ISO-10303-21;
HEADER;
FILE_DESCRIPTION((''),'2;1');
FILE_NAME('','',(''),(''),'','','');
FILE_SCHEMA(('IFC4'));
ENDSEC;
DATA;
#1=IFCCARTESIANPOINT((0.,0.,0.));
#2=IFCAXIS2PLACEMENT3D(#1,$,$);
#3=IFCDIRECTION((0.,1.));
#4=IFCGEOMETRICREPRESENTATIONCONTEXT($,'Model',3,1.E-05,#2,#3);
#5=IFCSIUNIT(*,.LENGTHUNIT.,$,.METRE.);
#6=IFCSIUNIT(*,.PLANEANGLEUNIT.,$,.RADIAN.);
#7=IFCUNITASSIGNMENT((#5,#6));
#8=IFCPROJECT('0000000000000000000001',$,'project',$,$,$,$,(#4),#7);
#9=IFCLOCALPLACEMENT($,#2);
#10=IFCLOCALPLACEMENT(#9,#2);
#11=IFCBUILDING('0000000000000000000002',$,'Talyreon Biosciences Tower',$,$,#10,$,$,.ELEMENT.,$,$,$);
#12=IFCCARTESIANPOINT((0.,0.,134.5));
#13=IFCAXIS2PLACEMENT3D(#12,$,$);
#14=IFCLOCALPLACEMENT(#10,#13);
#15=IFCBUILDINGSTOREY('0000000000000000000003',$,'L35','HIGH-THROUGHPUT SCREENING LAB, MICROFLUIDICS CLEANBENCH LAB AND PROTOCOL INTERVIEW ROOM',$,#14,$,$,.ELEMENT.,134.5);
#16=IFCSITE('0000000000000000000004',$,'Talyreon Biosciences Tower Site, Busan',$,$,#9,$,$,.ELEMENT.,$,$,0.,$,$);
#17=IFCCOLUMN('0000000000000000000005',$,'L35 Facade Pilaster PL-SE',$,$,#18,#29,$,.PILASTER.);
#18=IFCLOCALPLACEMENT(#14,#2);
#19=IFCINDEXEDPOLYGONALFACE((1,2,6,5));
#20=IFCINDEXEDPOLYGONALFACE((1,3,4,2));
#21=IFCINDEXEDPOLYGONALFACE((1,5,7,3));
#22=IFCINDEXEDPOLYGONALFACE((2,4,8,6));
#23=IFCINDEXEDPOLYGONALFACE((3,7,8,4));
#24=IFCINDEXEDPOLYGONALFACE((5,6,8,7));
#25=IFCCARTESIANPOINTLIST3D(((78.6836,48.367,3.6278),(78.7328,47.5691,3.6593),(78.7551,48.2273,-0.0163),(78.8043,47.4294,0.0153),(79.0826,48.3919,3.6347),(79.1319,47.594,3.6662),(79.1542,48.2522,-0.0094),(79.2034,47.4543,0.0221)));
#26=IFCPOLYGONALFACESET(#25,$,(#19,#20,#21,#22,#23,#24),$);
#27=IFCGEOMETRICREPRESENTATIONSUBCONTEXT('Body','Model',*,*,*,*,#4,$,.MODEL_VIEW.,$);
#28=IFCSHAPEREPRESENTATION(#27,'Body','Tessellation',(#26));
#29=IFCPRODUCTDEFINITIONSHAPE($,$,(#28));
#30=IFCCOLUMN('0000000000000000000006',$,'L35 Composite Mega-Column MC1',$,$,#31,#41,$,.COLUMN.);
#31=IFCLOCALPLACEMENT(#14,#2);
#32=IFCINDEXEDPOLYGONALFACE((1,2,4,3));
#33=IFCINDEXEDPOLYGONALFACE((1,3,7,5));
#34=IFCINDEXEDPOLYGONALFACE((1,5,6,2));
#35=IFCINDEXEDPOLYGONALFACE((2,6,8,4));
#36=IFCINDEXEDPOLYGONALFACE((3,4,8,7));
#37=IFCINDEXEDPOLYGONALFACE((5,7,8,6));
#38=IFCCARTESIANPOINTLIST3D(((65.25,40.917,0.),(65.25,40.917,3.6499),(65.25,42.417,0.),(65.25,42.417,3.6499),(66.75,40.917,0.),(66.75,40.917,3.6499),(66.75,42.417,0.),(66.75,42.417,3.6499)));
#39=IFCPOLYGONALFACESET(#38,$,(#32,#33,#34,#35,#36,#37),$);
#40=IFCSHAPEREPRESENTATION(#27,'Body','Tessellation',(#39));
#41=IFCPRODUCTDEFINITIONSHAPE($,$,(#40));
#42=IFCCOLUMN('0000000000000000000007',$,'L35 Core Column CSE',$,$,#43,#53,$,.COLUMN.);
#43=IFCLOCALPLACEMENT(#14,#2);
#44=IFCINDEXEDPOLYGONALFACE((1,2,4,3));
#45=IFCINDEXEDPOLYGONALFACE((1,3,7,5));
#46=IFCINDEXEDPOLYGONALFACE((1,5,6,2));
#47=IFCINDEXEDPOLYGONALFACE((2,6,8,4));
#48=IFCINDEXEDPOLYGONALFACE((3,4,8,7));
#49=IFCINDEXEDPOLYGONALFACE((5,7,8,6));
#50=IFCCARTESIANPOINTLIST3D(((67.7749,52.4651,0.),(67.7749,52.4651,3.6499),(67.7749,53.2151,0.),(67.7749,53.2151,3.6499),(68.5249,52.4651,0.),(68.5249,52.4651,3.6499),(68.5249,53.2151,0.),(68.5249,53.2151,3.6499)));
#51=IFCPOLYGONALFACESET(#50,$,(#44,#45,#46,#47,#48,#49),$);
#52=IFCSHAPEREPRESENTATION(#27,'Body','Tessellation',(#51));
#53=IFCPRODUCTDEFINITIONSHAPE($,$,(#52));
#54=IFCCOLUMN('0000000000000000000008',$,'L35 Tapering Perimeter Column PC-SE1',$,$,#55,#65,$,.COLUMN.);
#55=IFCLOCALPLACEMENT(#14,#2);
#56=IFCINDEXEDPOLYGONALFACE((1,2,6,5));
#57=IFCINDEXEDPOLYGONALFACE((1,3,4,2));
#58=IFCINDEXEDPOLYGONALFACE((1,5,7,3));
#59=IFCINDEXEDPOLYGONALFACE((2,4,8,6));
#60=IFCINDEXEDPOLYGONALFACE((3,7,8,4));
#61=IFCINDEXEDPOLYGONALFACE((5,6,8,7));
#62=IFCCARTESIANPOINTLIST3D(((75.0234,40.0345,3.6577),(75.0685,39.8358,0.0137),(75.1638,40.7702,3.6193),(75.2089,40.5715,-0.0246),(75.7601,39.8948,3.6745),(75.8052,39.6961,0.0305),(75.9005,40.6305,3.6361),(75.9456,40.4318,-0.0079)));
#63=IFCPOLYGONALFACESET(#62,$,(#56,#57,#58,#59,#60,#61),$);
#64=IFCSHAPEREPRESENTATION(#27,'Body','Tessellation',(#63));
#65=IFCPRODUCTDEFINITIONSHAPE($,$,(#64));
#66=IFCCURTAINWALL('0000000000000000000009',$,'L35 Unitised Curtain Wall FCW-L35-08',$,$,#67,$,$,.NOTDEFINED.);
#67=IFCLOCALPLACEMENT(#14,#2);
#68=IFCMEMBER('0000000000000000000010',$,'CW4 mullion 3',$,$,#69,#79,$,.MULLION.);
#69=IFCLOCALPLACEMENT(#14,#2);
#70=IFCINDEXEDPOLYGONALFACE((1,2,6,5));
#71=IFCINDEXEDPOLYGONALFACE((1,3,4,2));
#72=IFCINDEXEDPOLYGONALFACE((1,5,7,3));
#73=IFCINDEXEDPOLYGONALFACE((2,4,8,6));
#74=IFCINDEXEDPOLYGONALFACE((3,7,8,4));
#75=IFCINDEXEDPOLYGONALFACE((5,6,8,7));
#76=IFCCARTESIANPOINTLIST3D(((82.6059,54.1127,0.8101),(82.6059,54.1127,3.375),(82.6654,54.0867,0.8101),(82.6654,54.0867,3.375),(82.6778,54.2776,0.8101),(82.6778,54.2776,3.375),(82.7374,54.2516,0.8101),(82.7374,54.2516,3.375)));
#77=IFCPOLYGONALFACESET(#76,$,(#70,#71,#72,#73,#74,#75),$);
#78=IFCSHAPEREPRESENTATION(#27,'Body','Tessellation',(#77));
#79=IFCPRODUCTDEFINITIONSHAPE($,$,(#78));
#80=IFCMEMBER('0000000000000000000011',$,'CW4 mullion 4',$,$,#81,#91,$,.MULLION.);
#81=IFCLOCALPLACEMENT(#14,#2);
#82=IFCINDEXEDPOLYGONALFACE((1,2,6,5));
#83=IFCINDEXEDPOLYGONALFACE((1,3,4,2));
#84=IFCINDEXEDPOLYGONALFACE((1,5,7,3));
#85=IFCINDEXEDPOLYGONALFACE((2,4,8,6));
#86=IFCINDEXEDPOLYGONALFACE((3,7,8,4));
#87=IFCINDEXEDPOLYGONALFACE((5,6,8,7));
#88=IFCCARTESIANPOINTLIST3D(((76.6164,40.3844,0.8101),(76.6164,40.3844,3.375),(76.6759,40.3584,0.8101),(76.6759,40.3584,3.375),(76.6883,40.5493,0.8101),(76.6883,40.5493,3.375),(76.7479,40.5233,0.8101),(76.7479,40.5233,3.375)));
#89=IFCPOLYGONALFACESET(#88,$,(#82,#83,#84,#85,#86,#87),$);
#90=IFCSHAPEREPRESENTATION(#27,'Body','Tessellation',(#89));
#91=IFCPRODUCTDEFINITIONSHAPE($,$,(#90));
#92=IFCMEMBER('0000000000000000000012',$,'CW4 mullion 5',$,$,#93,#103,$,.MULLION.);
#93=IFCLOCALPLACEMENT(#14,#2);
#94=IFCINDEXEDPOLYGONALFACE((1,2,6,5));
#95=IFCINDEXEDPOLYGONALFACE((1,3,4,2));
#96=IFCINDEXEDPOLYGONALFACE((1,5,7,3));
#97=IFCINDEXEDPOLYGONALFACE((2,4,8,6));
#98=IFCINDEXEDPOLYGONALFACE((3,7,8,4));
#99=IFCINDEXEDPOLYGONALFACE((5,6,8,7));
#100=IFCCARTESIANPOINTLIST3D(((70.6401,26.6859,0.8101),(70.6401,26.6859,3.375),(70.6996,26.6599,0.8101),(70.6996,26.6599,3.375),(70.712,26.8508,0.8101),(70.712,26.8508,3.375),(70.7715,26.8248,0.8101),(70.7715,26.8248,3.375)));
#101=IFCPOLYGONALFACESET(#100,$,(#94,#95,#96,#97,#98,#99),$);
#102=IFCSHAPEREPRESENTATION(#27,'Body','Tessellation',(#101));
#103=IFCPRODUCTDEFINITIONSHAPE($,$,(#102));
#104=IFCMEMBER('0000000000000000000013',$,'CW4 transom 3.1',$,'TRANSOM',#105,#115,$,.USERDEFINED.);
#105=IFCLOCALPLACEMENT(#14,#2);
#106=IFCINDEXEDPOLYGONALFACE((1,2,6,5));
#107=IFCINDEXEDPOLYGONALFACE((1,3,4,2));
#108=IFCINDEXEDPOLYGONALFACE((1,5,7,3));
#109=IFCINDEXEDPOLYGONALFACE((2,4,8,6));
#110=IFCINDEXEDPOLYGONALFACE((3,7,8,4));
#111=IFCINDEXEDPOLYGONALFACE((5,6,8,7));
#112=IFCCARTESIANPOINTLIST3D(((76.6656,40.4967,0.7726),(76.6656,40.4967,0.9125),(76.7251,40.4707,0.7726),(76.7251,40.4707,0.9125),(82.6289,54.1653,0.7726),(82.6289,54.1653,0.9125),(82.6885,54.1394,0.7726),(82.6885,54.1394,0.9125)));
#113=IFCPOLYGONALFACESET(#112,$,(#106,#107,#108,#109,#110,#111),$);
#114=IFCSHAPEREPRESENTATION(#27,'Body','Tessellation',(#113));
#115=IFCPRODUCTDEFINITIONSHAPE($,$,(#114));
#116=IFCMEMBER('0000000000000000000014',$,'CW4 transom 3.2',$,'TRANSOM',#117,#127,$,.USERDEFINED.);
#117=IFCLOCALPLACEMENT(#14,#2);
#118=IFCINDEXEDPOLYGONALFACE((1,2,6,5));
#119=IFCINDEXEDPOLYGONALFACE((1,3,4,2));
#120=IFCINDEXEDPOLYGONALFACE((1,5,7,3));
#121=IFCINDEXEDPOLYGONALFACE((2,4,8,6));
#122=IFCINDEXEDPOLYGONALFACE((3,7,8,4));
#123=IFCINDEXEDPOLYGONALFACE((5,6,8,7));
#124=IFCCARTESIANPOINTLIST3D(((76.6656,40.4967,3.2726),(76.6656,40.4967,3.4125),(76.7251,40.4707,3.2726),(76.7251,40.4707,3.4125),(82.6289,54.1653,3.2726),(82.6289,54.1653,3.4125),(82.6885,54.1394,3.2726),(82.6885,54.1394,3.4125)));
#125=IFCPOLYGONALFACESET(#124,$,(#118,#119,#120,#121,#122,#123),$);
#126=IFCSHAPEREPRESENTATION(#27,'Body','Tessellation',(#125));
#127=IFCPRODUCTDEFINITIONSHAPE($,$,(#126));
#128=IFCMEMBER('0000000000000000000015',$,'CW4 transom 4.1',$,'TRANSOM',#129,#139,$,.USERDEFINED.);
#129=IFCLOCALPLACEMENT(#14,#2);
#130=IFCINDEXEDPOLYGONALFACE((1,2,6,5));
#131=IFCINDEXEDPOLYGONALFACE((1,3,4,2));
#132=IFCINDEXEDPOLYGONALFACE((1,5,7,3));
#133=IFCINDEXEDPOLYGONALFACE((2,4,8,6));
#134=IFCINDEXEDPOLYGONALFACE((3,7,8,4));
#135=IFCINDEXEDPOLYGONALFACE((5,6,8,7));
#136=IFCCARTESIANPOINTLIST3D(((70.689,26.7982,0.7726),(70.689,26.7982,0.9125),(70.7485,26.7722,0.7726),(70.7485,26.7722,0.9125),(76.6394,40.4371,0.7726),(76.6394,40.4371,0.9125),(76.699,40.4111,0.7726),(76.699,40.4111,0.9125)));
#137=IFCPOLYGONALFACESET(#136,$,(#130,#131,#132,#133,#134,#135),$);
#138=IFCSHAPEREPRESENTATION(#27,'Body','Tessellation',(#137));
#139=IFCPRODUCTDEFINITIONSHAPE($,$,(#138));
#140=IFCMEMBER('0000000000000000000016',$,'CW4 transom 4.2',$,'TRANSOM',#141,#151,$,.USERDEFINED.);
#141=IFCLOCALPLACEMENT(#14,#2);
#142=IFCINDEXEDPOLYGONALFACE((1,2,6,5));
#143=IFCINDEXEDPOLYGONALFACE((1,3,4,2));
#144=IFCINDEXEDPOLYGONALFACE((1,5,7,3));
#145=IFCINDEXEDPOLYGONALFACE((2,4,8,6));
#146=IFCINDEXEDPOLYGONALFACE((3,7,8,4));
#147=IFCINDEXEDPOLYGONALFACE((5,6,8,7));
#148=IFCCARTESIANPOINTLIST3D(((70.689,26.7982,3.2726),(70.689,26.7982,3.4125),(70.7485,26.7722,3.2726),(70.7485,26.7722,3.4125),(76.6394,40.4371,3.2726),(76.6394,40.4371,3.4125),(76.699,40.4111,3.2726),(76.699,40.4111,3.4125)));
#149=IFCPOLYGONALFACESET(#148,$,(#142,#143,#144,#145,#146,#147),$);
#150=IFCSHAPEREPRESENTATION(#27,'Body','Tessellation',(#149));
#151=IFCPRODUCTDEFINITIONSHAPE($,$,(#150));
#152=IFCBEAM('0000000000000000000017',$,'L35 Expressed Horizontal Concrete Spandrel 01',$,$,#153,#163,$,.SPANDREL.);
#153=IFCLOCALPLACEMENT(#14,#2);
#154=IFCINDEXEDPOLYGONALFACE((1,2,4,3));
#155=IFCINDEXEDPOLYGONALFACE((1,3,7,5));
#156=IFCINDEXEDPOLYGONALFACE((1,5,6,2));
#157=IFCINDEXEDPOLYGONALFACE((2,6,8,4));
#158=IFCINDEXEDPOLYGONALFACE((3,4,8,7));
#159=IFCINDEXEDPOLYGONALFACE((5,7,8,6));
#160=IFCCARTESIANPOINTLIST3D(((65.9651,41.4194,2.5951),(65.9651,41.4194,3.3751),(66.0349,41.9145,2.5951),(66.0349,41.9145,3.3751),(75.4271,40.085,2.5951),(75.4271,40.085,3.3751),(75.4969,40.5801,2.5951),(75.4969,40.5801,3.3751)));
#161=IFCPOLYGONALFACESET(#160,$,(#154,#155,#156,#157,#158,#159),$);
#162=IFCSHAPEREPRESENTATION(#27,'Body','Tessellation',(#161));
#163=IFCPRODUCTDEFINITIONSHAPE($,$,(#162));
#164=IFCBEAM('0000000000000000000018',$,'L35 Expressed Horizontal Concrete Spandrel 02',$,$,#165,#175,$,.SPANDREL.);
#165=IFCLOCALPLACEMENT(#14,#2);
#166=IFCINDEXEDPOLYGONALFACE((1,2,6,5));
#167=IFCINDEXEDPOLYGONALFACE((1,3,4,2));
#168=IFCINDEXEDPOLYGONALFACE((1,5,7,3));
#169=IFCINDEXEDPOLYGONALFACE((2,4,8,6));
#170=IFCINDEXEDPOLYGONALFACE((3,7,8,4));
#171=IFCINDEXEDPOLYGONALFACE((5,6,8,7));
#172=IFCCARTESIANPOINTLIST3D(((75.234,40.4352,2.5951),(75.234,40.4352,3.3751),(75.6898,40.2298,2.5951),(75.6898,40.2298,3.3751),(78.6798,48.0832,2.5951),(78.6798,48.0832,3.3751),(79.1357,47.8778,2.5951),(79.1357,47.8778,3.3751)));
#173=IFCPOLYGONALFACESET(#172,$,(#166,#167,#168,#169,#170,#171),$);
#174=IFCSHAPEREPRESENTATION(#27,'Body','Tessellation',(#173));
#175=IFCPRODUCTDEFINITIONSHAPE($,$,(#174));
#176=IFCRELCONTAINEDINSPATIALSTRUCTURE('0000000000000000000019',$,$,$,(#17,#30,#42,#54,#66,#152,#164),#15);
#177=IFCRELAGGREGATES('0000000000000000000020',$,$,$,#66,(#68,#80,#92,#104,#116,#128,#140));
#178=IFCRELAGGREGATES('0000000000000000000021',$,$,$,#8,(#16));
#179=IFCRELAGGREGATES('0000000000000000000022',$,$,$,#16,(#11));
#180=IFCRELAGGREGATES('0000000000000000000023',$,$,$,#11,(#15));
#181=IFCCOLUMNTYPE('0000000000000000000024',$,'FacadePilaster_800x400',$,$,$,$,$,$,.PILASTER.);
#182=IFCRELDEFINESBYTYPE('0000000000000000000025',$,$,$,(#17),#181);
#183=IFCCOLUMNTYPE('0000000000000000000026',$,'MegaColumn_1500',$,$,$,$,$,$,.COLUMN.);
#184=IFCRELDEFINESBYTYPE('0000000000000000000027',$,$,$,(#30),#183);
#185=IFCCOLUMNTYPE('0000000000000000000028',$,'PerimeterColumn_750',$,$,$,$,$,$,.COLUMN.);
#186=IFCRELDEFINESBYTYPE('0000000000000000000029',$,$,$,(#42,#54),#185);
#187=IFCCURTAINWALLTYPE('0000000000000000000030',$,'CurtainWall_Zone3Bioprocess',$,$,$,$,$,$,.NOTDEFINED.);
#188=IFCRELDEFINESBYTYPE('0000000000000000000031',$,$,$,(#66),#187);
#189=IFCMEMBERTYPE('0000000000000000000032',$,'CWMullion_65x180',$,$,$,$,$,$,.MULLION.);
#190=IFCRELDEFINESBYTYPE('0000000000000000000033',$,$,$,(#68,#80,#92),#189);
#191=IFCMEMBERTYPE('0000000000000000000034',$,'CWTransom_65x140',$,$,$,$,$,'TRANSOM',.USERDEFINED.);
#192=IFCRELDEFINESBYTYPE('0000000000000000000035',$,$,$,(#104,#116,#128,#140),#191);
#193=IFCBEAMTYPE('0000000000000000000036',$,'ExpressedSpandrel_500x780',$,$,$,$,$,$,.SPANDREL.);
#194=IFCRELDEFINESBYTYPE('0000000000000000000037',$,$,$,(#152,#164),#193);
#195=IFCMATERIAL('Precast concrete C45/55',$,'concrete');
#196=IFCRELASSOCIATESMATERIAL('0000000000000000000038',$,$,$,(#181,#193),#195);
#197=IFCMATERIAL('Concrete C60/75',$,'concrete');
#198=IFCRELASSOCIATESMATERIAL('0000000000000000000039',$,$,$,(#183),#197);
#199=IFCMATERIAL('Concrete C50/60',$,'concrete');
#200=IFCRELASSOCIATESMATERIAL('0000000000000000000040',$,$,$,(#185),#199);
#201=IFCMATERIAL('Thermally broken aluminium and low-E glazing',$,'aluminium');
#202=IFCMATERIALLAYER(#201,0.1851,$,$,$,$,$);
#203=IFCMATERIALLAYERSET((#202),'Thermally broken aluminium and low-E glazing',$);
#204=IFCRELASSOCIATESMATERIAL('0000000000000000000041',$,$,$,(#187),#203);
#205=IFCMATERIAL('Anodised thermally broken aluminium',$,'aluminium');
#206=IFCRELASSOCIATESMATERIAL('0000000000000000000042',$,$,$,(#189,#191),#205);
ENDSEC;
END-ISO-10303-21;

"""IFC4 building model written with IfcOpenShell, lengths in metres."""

from ifc_helpers import new_model, si_unit, direction, frame, origin, origin_2d, place, context, subcontext, project, spatial, rectangle, extrude, material, layer, layer_set, material_profile, profile_set, type_object, element, aggregate, save


model = new_model("IFC4")

# Units and contexts
model_context = context("Model", 3, precision=1e-05, world=origin(), true_north=direction((0.0, 1.0)))
body_context = subcontext(model_context, "Body", "Model", "MODEL_VIEW")
ifc_project = project(units=[si_unit("LENGTHUNIT", "METRE"), si_unit("PLANEANGLEUNIT", "RADIAN")], contexts=[model_context])

# Site, building, storey
site_placement = place(None, origin())
site = spatial("IfcSite", under=ifc_project, at=site_placement, Name="Talyreon Biosciences Tower Site, Busan", CompositionType="ELEMENT", RefElevation=0.0)
building_placement = place(site_placement, origin())
building = spatial("IfcBuilding", under=site, at=building_placement, Name="Talyreon Biosciences Tower", CompositionType="ELEMENT")
storey_placement = place(building_placement, frame((0.0, 0.0, 134.5)))
storey = spatial("IfcBuildingStorey", under=building, at=storey_placement, Name="L35", Description="HIGH-THROUGHPUT SCREENING LAB, MICROFLUIDICS CLEANBENCH LAB AND PROTOCOL INTERVIEW ROOM", CompositionType="ELEMENT", Elevation=134.5)

# Columns
ifc_material_1 = material(Name="Precast concrete C45/55", Category="concrete")
ifc_material_profile_1 = material_profile(ifc_material_1, rectangle(XDim=0.8, YDim=0.3999, at=origin_2d()), Name="RC 800x400")
ifc_profile_set_1 = profile_set([ifc_material_profile_1], Name="Precast concrete C45/55")
column_type_1 = type_object("IfcColumnType", Name="FacadePilaster_800x400", PredefinedType="PILASTER", material=ifc_profile_set_1)
column_1_placement = place(storey_placement, frame((78.9792, 47.8408, 0.0029), z_axis=(-0.019612, 0.038287, 0.999074), x_axis=(0.061502, -0.997328, 0.039427)))
element("IfcColumn", 1, at=column_1_placement, inside=storey, type_object=column_type_1, Name="L35 Facade Pilaster PL-SE", PredefinedType="PILASTER", context=body_context, shape_type="SweptSolid", body=[
    extrude(rectangle(XDim=0.8, YDim=0.3999, at=origin_2d()), origin(), (0.0, 0.0, 1.0), 3.6475),
])
ifc_material_2 = material(Name="Concrete C60/75", Category="concrete")
ifc_material_profile_2 = material_profile(ifc_material_2, rectangle(XDim=1.5, YDim=1.5, at=origin_2d()), Name="RC 1500x1500")
ifc_profile_set_2 = profile_set([ifc_material_profile_2], Name="Concrete C60/75")
column_type_2 = type_object("IfcColumnType", Name="MegaColumn_1500", PredefinedType="COLUMN", material=ifc_profile_set_2)
column_2_placement = place(storey_placement, frame((66.0, 41.667, 0.0), z_axis=(0.0, 0.0, 1.0), x_axis=(1.0, 0.0, 0.0)))
element("IfcColumn", 2, at=column_2_placement, inside=storey, type_object=column_type_2, Name="L35 Composite Mega-Column MC1", PredefinedType="COLUMN", context=body_context, shape_type="SweptSolid", body=[
    extrude(rectangle(XDim=1.5, YDim=1.5, at=origin_2d()), origin(), (0.0, 0.0, 1.0), 3.6499),
])
ifc_material_3 = material(Name="Concrete C50/60", Category="concrete")
ifc_material_profile_3 = material_profile(ifc_material_3, rectangle(XDim=0.75, YDim=0.75, at=origin_2d()), Name="RC 750x750")
ifc_profile_set_3 = profile_set([ifc_material_profile_3], Name="Concrete C50/60")
column_type_3 = type_object("IfcColumnType", Name="PerimeterColumn_750", PredefinedType="COLUMN", material=ifc_profile_set_3)
column_3_placement = place(storey_placement, frame((68.1499, 52.8401, 0.0), z_axis=(0.0, 0.0, 1.0), x_axis=(1.0, 0.0, 0.0)))
element("IfcColumn", 3, at=column_3_placement, inside=storey, type_object=column_type_3, Name="L35 Core Column CSE", PredefinedType="COLUMN", context=body_context, shape_type="SweptSolid", body=[
    extrude(rectangle(XDim=0.75, YDim=0.75, at=origin_2d()), origin(), (0.0, 0.0, 1.0), 3.6499),
])
column_4_placement = place(storey_placement, frame((75.5071, 40.1338, 0.0029), z_axis=(-0.012375, 0.054451, 0.99844), x_axis=(-0.187196, -0.980988, 0.051179)))
element("IfcColumn", 4, at=column_4_placement, inside=storey, type_object=column_type_3, Name="L35 Tapering Perimeter Column PC-SE1", PredefinedType="COLUMN", context=body_context, shape_type="SweptSolid", body=[
    extrude(rectangle(XDim=0.75, YDim=0.75, at=origin_2d()), origin(), (0.0, 0.0, 1.0), 3.6497),
])

# Curtain wall, members
ifc_material_4 = material(Name="Thermally broken aluminium and low-E glazing", Category="aluminium")
ifc_layer_1 = layer(ifc_material_4, 0.1851)
ifc_layer_set_1 = layer_set([ifc_layer_1], Name="Thermally broken aluminium and low-E glazing")
curtain_wall_type = type_object("IfcCurtainWallType", Name="CurtainWall_Zone3Bioprocess", PredefinedType="NOTDEFINED", material=ifc_layer_set_1)
curtain_wall_placement = place(storey_placement, origin())
curtain_wall = element("IfcCurtainWall", 5, at=curtain_wall_placement, inside=storey, type_object=curtain_wall_type, Name="L35 Unitised Curtain Wall FCW-L35-08", PredefinedType="NOTDEFINED")
ifc_material_5 = material(Name="Anodised thermally broken aluminium", Category="aluminium")
ifc_material_profile_4 = material_profile(ifc_material_5, rectangle(XDim=0.0649, YDim=0.1799, at=origin_2d()), Name="ALUM MULLION 65x180")
ifc_profile_set_4 = profile_set([ifc_material_profile_4], Name="Anodised thermally broken aluminium")
member_type_1 = type_object("IfcMemberType", Name="CWMullion_65x180", PredefinedType="MULLION", material=ifc_profile_set_4)
member_1_placement = place(storey_placement, frame((82.6716, 54.1821, 0.8101), z_axis=(0.0, 0.0, 1.0), x_axis=(0.916566, -0.399882, 0.0)))
member_1 = element("IfcMember", 6, at=member_1_placement, type_object=member_type_1, Name="CW4 mullion 3", PredefinedType="MULLION", context=body_context, shape_type="SweptSolid", body=[
    extrude(rectangle(XDim=0.0649, YDim=0.1799, at=origin_2d()), origin(), (0.0, 0.0, 1.0), 2.5649),
])
member_2_placement = place(storey_placement, frame((76.6821, 40.4539, 0.8101), z_axis=(0.0, 0.0, 1.0), x_axis=(0.916566, -0.399882, 0.0)))
member_2 = element("IfcMember", 7, at=member_2_placement, type_object=member_type_1, Name="CW4 mullion 4", PredefinedType="MULLION", context=body_context, shape_type="SweptSolid", body=[
    extrude(rectangle(XDim=0.0649, YDim=0.1799, at=origin_2d()), origin(), (0.0, 0.0, 1.0), 2.5649),
])
member_3_placement = place(storey_placement, frame((70.7058, 26.7554, 0.8101), z_axis=(0.0, 0.0, 1.0), x_axis=(0.916566, -0.399882, 0.0)))
member_3 = element("IfcMember", 8, at=member_3_placement, type_object=member_type_1, Name="CW4 mullion 5", PredefinedType="MULLION", context=body_context, shape_type="SweptSolid", body=[
    extrude(rectangle(XDim=0.0649, YDim=0.1799, at=origin_2d()), origin(), (0.0, 0.0, 1.0), 2.5649),
])
ifc_material_profile_5 = material_profile(ifc_material_5, rectangle(XDim=0.0649, YDim=0.1399, at=origin_2d()), Name="ALUM TRANSOM 65x140")
ifc_profile_set_5 = profile_set([ifc_material_profile_5], Name="Anodised thermally broken aluminium")
member_type_2 = type_object("IfcMemberType", Name="CWTransom_65x140", ElementType="TRANSOM", PredefinedType="USERDEFINED", material=ifc_profile_set_5)
member_4_placement = place(storey_placement, frame((82.6587, 54.1523, 0.8425), z_axis=(-0.39988, -0.916568, 0.0), x_axis=(0.916568, -0.39988, 0.0)))
member_4 = element("IfcMember", 9, at=member_4_placement, type_object=member_type_2, Name="CW4 transom 3.1", ObjectType="TRANSOM", PredefinedType="USERDEFINED", context=body_context, shape_type="SweptSolid", body=[
    extrude(rectangle(XDim=0.0649, YDim=0.1399, at=origin_2d()), origin(), (0.0, 0.0, 1.0), 14.9128),
])
member_5_placement = place(storey_placement, frame((82.6587, 54.1523, 3.3425), z_axis=(-0.39988, -0.916568, 0.0), x_axis=(0.916568, -0.39988, 0.0)))
member_5 = element("IfcMember", 10, at=member_5_placement, type_object=member_type_2, Name="CW4 transom 3.2", ObjectType="TRANSOM", PredefinedType="USERDEFINED", context=body_context, shape_type="SweptSolid", body=[
    extrude(rectangle(XDim=0.0649, YDim=0.1399, at=origin_2d()), origin(), (0.0, 0.0, 1.0), 14.9128),
])
member_6_placement = place(storey_placement, frame((76.6692, 40.4241, 0.8425), z_axis=(-0.399883, -0.916566, 0.0), x_axis=(0.916566, -0.399883, 0.0)))
member_6 = element("IfcMember", 11, at=member_6_placement, type_object=member_type_2, Name="CW4 transom 4.1", ObjectType="TRANSOM", PredefinedType="USERDEFINED", context=body_context, shape_type="SweptSolid", body=[
    extrude(rectangle(XDim=0.0649, YDim=0.1399, at=origin_2d()), origin(), (0.0, 0.0, 1.0), 14.8804),
])
member_7_placement = place(storey_placement, frame((76.6692, 40.4241, 3.3425), z_axis=(-0.399883, -0.916566, 0.0), x_axis=(0.916566, -0.399883, 0.0)))
member_7 = element("IfcMember", 12, at=member_7_placement, type_object=member_type_2, Name="CW4 transom 4.2", ObjectType="TRANSOM", PredefinedType="USERDEFINED", context=body_context, shape_type="SweptSolid", body=[
    extrude(rectangle(XDim=0.0649, YDim=0.1399, at=origin_2d()), origin(), (0.0, 0.0, 1.0), 14.8804),
])

# Beams
ifc_material_profile_6 = material_profile(ifc_material_1, rectangle(XDim=0.5, YDim=0.78, at=origin_2d()), Name="RCB 500x780")
ifc_profile_set_6 = profile_set([ifc_material_profile_6], Name="Precast concrete C45/55")
beam_type_1 = type_object("IfcBeamType", Name="ExpressedSpandrel_500x780", PredefinedType="SPANDREL", material=ifc_profile_set_6)
beam_1_placement = place(storey_placement, frame((66.0, 41.667, 2.9851), z_axis=(0.9902, -0.139654, 0.0), x_axis=(0.139654, 0.9902, 0.0)))
element("IfcBeam", 13, at=beam_1_placement, inside=storey, type_object=beam_type_1, Name="L35 Expressed Horizontal Concrete Spandrel 01", PredefinedType="SPANDREL", context=body_context, shape_type="SweptSolid", body=[
    extrude(rectangle(XDim=0.5, YDim=0.78, at=origin_2d()), origin(), (0.0, 0.0, 1.0), 9.5557),
])
beam_2_placement = place(storey_placement, frame((75.4619, 40.3325, 2.9851), z_axis=(0.410783, 0.911733, 0.0), x_axis=(-0.911733, 0.410783, 0.0)))
element("IfcBeam", 14, at=beam_2_placement, inside=storey, type_object=beam_type_1, Name="L35 Expressed Horizontal Concrete Spandrel 02", PredefinedType="SPANDREL", context=body_context, shape_type="SweptSolid", body=[
    extrude(rectangle(XDim=0.5, YDim=0.78, at=origin_2d()), origin(), (0.0, 0.0, 1.0), 8.3884),
])

aggregate(curtain_wall, [member_1, member_2, member_3, member_4, member_5, member_6, member_7])

save(model, "model.ifc")
